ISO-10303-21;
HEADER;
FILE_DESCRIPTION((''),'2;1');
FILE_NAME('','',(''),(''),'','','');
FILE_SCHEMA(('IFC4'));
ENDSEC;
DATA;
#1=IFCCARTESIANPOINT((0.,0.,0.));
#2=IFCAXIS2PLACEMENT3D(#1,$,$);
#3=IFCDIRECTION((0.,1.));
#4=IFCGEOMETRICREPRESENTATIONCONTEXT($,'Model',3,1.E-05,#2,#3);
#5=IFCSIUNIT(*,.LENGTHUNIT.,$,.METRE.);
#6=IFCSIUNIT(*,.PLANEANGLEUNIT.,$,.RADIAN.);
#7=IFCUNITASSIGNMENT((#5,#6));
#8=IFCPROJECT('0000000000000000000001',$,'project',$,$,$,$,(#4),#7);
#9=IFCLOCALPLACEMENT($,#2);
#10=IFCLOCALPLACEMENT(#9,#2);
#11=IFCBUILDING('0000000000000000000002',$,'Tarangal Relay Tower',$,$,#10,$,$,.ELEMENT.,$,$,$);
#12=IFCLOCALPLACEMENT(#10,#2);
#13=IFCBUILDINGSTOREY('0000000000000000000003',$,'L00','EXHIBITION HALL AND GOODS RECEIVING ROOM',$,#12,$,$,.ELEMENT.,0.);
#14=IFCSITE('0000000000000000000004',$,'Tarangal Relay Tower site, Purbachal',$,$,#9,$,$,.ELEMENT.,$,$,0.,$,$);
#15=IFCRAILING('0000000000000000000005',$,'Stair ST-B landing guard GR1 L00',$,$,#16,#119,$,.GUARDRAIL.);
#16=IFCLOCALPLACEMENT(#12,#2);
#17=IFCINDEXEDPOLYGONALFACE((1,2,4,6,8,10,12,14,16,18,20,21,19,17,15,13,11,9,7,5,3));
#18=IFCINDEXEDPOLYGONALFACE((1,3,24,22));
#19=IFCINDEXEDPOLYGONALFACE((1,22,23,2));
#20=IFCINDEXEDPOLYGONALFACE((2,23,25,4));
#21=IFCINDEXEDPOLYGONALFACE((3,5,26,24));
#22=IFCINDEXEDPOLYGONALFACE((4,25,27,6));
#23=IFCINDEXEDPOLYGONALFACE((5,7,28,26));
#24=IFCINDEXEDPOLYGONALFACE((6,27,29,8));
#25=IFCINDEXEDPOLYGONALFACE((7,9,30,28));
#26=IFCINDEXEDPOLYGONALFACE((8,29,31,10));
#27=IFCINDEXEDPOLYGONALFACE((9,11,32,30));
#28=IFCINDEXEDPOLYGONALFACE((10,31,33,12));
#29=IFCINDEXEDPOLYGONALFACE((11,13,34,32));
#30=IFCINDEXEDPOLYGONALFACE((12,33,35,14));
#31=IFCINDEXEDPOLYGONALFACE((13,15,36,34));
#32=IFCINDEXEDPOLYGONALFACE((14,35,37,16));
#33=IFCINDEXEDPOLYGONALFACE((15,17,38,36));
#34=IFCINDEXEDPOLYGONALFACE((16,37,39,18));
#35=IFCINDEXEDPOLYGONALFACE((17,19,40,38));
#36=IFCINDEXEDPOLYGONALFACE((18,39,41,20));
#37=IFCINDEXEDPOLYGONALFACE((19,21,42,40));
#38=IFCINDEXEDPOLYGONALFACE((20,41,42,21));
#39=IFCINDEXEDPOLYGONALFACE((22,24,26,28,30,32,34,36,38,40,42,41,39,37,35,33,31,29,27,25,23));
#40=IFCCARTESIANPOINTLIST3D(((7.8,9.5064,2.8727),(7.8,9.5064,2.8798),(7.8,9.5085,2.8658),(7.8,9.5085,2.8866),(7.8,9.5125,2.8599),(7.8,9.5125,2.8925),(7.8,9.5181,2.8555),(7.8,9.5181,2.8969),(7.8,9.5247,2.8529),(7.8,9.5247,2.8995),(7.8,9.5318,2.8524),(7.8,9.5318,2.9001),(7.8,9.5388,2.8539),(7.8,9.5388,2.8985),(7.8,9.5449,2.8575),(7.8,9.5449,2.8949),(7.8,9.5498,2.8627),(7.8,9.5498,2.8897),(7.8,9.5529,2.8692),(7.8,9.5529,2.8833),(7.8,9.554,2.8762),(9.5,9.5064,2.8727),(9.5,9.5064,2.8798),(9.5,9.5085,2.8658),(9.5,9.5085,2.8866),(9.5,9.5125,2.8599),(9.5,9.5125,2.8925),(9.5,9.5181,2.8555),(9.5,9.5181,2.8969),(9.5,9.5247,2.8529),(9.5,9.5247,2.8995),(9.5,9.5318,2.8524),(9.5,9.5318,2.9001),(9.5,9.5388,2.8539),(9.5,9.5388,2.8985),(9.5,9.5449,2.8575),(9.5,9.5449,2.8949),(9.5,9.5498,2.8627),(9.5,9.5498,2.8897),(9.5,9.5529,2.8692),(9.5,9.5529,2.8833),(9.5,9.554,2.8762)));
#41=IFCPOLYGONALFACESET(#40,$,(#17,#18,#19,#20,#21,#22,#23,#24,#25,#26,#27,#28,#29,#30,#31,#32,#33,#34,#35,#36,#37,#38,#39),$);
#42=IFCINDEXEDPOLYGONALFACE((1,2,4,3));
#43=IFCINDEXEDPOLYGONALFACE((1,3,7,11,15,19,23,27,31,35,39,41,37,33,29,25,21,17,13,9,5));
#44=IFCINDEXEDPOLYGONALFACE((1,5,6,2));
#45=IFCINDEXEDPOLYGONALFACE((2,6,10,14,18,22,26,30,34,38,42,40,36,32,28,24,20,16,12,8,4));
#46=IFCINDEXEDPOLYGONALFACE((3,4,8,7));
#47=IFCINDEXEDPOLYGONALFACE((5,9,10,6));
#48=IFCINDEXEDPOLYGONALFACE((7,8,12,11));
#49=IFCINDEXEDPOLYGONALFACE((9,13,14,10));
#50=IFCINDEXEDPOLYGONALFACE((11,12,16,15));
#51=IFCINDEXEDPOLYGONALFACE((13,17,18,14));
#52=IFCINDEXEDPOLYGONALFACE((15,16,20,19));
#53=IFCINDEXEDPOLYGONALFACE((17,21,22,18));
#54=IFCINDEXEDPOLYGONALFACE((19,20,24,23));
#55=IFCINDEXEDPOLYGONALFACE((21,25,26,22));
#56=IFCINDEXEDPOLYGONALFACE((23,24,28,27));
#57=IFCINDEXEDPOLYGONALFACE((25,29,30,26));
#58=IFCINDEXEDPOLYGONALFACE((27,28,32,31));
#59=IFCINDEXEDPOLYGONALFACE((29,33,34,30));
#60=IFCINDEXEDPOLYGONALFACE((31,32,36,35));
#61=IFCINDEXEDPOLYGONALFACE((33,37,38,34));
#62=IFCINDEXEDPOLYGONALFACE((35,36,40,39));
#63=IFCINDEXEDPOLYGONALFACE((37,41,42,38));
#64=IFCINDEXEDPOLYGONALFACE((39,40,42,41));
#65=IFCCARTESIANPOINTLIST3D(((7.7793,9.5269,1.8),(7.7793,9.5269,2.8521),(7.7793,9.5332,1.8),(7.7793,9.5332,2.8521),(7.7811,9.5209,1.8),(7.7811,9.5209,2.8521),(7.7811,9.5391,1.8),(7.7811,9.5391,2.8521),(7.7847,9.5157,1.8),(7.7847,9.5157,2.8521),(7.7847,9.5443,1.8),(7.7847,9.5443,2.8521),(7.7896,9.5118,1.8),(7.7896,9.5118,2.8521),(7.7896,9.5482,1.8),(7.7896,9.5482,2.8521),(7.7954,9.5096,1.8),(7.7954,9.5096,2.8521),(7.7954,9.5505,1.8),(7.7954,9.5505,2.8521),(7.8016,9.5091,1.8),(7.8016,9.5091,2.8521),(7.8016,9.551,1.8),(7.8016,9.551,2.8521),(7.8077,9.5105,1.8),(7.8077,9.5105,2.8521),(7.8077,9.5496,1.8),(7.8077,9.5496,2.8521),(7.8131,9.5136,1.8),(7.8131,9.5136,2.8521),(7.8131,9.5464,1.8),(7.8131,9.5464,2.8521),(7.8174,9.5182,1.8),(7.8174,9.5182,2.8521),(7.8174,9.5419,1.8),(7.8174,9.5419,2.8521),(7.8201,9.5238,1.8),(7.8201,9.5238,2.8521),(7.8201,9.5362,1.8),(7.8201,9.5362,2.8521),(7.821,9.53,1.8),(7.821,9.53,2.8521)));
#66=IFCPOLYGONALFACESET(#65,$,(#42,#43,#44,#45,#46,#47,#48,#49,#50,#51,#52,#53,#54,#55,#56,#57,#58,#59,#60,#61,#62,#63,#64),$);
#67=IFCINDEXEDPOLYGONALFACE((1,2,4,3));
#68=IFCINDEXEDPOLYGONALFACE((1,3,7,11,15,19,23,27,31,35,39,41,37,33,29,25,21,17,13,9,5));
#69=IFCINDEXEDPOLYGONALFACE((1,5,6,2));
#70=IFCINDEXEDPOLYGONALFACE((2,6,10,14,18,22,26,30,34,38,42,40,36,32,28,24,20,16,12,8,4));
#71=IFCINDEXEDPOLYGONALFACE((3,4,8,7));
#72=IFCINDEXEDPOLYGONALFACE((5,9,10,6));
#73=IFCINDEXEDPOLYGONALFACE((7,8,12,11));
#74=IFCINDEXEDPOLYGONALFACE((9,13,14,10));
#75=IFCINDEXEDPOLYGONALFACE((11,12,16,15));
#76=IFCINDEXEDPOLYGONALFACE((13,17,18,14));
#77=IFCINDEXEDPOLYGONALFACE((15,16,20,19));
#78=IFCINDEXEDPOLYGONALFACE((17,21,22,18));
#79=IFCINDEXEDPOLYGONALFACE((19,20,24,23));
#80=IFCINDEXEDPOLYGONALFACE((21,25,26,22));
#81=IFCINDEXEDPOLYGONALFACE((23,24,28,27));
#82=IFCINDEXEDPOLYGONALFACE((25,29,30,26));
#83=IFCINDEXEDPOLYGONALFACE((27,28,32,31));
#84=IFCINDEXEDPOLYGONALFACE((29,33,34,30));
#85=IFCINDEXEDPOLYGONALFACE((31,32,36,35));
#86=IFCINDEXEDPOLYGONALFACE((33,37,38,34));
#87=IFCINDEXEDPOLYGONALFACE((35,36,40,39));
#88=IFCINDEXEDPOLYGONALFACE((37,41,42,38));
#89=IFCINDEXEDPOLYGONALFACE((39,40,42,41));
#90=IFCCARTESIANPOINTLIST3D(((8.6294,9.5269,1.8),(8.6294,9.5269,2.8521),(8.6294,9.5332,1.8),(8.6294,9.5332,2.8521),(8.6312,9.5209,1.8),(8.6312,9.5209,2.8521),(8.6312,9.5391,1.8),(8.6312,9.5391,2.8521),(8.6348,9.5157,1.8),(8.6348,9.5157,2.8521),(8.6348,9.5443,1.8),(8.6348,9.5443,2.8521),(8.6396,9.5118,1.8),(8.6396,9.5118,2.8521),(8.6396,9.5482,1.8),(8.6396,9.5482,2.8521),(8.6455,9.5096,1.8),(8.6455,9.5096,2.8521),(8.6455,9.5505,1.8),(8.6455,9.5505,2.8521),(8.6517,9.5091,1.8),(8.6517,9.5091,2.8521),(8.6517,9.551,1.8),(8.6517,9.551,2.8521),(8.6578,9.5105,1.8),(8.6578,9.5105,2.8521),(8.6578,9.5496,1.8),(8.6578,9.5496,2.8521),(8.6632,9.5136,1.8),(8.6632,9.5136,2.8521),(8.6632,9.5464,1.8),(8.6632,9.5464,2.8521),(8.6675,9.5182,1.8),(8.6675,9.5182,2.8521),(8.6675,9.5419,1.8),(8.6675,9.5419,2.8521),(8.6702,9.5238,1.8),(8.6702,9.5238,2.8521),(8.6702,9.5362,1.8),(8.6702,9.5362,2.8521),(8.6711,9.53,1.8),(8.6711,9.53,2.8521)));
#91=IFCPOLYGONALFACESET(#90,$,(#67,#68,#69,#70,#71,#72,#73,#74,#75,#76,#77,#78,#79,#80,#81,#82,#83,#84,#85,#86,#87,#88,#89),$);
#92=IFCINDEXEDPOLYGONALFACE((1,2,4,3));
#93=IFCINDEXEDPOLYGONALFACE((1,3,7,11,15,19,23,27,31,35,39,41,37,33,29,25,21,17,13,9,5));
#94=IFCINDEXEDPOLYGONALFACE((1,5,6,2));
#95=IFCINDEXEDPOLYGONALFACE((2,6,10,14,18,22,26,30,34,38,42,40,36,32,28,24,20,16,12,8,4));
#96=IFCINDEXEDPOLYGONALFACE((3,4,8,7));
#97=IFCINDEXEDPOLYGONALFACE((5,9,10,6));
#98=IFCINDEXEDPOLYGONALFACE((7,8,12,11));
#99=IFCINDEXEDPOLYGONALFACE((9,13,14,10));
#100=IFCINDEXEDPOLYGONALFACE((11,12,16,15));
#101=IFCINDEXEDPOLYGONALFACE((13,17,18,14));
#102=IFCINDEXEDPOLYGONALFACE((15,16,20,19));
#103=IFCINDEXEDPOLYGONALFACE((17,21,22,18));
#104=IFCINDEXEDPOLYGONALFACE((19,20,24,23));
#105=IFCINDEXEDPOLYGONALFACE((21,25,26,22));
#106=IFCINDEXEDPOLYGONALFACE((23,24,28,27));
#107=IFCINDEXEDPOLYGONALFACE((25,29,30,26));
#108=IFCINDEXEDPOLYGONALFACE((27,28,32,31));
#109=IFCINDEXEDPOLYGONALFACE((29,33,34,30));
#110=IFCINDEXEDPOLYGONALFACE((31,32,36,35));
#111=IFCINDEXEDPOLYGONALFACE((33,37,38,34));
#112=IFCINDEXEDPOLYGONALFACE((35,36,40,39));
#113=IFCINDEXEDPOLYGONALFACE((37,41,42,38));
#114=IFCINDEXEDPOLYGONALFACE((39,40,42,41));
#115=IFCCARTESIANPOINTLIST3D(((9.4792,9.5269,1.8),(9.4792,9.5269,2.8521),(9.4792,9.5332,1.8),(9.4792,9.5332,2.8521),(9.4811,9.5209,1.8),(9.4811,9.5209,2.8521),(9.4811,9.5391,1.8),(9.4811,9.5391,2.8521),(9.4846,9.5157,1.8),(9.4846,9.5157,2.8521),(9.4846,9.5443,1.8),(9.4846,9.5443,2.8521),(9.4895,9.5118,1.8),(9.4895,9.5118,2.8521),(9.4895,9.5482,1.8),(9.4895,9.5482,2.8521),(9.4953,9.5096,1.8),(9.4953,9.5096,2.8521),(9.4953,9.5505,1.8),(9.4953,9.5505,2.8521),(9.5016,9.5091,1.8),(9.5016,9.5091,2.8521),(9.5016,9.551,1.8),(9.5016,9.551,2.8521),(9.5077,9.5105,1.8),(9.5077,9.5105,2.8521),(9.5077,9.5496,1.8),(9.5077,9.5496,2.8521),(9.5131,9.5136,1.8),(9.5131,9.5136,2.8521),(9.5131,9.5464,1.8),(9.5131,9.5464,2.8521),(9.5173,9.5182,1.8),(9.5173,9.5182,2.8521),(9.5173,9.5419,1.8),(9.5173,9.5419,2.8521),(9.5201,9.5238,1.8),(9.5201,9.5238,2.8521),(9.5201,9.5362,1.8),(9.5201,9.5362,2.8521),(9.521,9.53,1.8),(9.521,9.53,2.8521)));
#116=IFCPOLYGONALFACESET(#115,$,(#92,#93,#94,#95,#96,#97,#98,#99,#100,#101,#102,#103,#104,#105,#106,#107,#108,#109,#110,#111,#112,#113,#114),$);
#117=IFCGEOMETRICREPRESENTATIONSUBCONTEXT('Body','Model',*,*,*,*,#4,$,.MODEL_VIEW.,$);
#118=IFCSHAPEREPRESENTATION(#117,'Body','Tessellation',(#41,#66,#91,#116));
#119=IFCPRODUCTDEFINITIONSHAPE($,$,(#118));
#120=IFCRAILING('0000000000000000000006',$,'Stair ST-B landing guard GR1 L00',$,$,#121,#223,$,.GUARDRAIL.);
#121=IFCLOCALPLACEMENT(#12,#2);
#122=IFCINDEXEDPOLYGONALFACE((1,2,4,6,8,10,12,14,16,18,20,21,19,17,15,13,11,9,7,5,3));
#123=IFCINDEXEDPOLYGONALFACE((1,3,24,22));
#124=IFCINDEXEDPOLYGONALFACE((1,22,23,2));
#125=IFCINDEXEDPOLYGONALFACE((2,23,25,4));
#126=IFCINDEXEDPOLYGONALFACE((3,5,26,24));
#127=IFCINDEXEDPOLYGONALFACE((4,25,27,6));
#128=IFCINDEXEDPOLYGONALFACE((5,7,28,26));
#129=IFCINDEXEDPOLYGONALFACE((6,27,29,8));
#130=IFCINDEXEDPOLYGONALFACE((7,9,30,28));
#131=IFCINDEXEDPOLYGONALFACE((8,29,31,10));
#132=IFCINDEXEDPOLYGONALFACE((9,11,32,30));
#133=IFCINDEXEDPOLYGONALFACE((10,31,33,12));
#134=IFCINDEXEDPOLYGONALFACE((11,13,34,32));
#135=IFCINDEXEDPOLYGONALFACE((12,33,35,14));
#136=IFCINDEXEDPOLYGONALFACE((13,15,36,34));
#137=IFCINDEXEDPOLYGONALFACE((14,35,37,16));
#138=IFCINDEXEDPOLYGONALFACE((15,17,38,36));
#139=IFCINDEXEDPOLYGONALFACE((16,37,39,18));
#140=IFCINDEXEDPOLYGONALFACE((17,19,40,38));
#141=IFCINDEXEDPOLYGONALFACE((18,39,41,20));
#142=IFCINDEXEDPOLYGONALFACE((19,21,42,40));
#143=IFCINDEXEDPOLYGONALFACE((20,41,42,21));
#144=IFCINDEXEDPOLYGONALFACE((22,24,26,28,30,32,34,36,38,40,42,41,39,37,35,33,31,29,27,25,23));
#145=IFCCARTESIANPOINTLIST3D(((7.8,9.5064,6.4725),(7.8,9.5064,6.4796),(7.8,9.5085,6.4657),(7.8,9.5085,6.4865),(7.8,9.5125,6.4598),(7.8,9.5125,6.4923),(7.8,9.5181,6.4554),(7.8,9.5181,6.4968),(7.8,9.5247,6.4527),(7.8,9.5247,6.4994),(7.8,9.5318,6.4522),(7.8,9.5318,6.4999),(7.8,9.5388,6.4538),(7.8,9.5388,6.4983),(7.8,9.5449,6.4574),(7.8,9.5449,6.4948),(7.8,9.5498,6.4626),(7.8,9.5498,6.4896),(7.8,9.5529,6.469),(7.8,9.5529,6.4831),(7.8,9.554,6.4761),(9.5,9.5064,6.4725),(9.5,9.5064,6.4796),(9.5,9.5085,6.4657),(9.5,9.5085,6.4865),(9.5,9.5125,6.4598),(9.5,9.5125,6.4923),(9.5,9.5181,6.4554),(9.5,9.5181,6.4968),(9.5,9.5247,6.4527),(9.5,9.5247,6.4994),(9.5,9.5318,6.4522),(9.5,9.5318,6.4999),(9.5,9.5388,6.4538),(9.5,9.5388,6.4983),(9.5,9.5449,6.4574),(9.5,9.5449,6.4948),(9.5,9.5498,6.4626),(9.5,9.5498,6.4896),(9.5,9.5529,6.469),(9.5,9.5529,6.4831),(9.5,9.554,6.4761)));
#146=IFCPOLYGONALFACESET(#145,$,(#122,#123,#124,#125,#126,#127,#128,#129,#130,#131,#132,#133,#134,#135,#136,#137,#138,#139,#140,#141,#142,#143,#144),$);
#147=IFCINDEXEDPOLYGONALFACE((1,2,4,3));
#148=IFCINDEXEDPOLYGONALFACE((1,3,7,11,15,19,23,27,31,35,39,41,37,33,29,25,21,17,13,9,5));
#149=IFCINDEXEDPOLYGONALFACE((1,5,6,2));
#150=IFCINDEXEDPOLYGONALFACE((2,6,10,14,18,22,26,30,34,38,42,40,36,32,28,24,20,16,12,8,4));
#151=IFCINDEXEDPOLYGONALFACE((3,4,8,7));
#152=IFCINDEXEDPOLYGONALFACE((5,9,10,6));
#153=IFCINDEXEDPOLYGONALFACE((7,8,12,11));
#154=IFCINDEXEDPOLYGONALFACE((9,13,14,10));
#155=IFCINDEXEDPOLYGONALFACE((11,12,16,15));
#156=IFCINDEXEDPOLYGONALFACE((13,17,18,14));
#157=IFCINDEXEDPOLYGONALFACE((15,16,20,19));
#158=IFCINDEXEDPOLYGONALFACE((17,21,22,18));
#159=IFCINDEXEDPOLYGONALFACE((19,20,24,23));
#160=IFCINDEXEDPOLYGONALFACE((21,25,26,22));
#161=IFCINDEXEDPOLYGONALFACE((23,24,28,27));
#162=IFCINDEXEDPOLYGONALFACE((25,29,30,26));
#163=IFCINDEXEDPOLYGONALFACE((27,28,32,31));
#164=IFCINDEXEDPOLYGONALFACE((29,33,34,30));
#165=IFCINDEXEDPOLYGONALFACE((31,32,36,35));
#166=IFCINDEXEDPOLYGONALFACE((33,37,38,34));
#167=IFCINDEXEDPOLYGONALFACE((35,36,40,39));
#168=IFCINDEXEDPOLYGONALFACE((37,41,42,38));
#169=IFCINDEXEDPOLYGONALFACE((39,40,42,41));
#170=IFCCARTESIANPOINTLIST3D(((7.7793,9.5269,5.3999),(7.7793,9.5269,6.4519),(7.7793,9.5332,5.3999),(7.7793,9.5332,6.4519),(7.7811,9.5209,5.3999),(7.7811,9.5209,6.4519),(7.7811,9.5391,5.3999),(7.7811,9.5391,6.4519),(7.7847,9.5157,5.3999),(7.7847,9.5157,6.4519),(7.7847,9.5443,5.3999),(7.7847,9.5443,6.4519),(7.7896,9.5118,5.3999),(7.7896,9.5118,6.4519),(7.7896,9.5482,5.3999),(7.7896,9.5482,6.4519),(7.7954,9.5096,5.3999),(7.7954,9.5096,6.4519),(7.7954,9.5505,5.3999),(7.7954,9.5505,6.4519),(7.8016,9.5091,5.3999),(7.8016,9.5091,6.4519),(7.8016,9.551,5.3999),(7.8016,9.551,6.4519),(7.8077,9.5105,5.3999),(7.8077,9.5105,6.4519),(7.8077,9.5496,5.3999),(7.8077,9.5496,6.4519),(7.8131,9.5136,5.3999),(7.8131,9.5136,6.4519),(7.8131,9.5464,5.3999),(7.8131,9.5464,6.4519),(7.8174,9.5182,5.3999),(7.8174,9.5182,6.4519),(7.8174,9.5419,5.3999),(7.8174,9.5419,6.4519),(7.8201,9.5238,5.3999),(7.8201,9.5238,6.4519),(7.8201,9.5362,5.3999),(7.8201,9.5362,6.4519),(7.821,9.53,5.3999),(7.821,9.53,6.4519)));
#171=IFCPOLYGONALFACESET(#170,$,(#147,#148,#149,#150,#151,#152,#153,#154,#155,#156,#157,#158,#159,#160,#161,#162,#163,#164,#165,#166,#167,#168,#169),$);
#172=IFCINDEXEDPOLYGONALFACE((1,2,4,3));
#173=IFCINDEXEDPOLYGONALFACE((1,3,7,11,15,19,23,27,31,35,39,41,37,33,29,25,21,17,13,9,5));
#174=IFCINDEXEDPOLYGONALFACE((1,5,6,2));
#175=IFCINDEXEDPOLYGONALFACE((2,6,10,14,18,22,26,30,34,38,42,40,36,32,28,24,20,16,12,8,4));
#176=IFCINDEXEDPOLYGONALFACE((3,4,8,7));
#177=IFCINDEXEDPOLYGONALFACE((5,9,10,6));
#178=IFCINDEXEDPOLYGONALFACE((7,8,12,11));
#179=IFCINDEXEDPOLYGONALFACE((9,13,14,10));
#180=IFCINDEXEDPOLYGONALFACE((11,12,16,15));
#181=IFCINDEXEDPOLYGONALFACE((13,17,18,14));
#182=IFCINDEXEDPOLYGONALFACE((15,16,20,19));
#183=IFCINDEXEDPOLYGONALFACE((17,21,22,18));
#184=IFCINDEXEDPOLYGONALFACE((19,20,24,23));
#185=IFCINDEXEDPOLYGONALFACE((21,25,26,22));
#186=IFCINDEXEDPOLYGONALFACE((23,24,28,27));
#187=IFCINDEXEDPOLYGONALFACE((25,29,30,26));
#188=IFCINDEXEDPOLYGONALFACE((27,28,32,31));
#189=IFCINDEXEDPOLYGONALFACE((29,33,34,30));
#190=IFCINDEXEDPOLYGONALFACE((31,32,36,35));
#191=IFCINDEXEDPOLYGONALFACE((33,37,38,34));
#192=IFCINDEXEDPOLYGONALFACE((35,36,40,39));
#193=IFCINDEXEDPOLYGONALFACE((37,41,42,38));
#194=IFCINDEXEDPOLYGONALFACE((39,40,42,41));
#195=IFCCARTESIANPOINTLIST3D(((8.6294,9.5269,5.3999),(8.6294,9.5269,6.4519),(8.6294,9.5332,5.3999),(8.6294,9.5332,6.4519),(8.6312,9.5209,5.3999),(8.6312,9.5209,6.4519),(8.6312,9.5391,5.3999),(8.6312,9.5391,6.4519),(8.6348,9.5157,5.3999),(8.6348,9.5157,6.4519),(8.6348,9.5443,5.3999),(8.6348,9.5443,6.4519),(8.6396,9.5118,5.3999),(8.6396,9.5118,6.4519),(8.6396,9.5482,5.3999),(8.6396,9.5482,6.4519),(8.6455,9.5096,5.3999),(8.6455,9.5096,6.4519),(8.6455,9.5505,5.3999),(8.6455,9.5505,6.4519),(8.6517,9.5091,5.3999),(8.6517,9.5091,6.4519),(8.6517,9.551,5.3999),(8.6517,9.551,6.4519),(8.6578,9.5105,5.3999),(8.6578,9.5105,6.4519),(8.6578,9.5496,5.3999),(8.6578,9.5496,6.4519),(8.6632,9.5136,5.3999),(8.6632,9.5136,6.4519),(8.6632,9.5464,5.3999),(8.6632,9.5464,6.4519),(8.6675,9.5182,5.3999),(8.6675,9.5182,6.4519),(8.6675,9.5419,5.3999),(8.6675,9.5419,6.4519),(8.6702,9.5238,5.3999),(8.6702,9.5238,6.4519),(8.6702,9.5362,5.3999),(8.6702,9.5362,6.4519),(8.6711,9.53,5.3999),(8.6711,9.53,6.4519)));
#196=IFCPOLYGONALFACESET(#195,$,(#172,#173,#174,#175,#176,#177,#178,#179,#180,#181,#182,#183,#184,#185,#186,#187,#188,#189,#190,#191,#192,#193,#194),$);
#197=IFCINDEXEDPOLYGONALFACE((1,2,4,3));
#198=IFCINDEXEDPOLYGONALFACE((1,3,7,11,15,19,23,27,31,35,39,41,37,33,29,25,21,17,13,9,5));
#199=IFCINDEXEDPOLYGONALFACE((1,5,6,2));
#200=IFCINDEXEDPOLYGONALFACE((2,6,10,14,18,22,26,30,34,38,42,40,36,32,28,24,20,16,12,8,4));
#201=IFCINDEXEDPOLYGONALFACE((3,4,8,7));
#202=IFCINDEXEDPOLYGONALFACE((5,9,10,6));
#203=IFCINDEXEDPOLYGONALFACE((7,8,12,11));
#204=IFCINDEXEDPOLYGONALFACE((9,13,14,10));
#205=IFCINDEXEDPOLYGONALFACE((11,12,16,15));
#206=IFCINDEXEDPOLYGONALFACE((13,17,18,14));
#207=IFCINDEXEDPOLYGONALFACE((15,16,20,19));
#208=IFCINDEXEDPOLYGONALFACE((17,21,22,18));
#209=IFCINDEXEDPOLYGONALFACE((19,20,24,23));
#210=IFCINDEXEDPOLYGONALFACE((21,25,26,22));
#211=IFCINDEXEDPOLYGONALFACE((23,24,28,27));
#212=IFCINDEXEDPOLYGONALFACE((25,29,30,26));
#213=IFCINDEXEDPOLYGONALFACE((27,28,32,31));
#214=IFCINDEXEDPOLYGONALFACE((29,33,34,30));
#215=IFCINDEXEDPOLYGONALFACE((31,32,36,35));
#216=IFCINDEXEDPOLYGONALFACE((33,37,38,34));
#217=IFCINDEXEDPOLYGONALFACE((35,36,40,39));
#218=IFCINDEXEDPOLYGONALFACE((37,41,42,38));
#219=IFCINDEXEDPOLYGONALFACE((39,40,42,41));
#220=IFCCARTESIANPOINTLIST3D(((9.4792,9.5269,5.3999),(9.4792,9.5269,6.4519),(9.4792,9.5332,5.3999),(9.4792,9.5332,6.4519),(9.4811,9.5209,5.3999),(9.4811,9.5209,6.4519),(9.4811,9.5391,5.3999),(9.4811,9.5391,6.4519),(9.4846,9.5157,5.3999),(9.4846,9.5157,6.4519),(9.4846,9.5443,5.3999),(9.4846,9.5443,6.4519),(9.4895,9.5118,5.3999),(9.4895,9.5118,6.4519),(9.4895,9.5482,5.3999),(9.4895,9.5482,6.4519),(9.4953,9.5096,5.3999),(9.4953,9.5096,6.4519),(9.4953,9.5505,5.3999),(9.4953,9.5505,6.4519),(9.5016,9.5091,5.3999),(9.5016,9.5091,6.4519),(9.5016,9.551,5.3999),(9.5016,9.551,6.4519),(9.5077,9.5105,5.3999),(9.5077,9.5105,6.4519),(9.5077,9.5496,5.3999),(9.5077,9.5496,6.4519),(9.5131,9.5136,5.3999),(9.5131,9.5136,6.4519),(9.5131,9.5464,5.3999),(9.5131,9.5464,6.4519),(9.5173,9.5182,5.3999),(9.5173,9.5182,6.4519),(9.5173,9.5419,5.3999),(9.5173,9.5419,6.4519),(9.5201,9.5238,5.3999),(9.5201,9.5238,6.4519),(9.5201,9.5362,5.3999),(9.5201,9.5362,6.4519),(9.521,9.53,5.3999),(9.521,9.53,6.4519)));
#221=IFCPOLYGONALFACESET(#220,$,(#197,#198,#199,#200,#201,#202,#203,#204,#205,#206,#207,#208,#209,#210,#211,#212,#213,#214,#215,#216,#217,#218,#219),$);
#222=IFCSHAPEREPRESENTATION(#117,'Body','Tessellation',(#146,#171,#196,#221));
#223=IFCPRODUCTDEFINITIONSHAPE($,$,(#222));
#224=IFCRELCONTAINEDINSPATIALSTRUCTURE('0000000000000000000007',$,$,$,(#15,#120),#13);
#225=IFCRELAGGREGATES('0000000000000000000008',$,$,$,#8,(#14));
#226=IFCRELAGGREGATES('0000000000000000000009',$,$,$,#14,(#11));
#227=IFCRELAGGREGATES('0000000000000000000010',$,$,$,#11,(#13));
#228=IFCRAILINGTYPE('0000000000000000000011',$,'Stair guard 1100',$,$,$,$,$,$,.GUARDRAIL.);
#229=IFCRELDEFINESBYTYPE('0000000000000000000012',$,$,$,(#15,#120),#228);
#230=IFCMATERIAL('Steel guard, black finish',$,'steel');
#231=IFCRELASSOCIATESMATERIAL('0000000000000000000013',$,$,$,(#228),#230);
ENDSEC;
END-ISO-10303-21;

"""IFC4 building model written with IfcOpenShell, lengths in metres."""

from ifc_helpers import new_model, si_unit, direction, frame, origin, origin_2d, place, context, subcontext, project, spatial, circle, extrude, material, type_object, element, save


model = new_model("IFC4")

# Units and contexts
model_context = context("Model", 3, precision=1e-05, world=origin(), true_north=direction((0.0, 1.0)))
body_context = subcontext(model_context, "Body", "Model", "MODEL_VIEW")
ifc_project = project(units=[si_unit("LENGTHUNIT", "METRE"), si_unit("PLANEANGLEUNIT", "RADIAN")], contexts=[model_context])

# Site, building, storey
site_placement = place(None, origin())
site = spatial("IfcSite", under=ifc_project, at=site_placement, Name="Tarangal Relay Tower site, Purbachal", CompositionType="ELEMENT", RefElevation=0.0)
building_placement = place(site_placement, origin())
building = spatial("IfcBuilding", under=site, at=building_placement, Name="Tarangal Relay Tower", CompositionType="ELEMENT")
storey_placement = place(building_placement, origin())
storey = spatial("IfcBuildingStorey", under=building, at=storey_placement, Name="L00", Description="EXHIBITION HALL AND GOODS RECEIVING ROOM", CompositionType="ELEMENT", Elevation=0.0)

# Railings
ifc_material_1 = material(Name="Steel guard, black finish", Category="steel")
railing_type = type_object("IfcRailingType", Name="Stair guard 1100", PredefinedType="GUARDRAIL", material=ifc_material_1)
for number, where, name in (
    (1, (7.8, 9.53, 1.8), "Stair ST-B landing guard GR1 L00"),
    (2, (7.8, 9.53, 5.3999), "Stair ST-B landing guard GR1 L00"),
):
    element("IfcRailing", number, at=place(storey_placement, frame(where)), inside=storey, type_object=railing_type, Name=name, PredefinedType="GUARDRAIL", context=body_context, shape_type="SweptSolid", body=[
        extrude(circle(Radius=0.0239, at=origin_2d()), frame((0.0, 0.0, 1.0762), z_axis=(1.0, 0.0, 0.0), x_axis=(0.0, 1.0, 0.0)), (0.0, 0.0, 1.0), 1.7),
        extrude(circle(Radius=0.021, at=origin_2d()), origin(), (0.0, 0.0, 1.0), 1.052),
        extrude(circle(Radius=0.021, at=origin_2d()), frame((0.8501, 0.0, 0.0)), (0.0, 0.0, 1.0), 1.052),
        extrude(circle(Radius=0.021, at=origin_2d()), frame((1.7, 0.0, 0.0)), (0.0, 0.0, 1.0), 1.052),
    ])

save(model, "model.ifc")
